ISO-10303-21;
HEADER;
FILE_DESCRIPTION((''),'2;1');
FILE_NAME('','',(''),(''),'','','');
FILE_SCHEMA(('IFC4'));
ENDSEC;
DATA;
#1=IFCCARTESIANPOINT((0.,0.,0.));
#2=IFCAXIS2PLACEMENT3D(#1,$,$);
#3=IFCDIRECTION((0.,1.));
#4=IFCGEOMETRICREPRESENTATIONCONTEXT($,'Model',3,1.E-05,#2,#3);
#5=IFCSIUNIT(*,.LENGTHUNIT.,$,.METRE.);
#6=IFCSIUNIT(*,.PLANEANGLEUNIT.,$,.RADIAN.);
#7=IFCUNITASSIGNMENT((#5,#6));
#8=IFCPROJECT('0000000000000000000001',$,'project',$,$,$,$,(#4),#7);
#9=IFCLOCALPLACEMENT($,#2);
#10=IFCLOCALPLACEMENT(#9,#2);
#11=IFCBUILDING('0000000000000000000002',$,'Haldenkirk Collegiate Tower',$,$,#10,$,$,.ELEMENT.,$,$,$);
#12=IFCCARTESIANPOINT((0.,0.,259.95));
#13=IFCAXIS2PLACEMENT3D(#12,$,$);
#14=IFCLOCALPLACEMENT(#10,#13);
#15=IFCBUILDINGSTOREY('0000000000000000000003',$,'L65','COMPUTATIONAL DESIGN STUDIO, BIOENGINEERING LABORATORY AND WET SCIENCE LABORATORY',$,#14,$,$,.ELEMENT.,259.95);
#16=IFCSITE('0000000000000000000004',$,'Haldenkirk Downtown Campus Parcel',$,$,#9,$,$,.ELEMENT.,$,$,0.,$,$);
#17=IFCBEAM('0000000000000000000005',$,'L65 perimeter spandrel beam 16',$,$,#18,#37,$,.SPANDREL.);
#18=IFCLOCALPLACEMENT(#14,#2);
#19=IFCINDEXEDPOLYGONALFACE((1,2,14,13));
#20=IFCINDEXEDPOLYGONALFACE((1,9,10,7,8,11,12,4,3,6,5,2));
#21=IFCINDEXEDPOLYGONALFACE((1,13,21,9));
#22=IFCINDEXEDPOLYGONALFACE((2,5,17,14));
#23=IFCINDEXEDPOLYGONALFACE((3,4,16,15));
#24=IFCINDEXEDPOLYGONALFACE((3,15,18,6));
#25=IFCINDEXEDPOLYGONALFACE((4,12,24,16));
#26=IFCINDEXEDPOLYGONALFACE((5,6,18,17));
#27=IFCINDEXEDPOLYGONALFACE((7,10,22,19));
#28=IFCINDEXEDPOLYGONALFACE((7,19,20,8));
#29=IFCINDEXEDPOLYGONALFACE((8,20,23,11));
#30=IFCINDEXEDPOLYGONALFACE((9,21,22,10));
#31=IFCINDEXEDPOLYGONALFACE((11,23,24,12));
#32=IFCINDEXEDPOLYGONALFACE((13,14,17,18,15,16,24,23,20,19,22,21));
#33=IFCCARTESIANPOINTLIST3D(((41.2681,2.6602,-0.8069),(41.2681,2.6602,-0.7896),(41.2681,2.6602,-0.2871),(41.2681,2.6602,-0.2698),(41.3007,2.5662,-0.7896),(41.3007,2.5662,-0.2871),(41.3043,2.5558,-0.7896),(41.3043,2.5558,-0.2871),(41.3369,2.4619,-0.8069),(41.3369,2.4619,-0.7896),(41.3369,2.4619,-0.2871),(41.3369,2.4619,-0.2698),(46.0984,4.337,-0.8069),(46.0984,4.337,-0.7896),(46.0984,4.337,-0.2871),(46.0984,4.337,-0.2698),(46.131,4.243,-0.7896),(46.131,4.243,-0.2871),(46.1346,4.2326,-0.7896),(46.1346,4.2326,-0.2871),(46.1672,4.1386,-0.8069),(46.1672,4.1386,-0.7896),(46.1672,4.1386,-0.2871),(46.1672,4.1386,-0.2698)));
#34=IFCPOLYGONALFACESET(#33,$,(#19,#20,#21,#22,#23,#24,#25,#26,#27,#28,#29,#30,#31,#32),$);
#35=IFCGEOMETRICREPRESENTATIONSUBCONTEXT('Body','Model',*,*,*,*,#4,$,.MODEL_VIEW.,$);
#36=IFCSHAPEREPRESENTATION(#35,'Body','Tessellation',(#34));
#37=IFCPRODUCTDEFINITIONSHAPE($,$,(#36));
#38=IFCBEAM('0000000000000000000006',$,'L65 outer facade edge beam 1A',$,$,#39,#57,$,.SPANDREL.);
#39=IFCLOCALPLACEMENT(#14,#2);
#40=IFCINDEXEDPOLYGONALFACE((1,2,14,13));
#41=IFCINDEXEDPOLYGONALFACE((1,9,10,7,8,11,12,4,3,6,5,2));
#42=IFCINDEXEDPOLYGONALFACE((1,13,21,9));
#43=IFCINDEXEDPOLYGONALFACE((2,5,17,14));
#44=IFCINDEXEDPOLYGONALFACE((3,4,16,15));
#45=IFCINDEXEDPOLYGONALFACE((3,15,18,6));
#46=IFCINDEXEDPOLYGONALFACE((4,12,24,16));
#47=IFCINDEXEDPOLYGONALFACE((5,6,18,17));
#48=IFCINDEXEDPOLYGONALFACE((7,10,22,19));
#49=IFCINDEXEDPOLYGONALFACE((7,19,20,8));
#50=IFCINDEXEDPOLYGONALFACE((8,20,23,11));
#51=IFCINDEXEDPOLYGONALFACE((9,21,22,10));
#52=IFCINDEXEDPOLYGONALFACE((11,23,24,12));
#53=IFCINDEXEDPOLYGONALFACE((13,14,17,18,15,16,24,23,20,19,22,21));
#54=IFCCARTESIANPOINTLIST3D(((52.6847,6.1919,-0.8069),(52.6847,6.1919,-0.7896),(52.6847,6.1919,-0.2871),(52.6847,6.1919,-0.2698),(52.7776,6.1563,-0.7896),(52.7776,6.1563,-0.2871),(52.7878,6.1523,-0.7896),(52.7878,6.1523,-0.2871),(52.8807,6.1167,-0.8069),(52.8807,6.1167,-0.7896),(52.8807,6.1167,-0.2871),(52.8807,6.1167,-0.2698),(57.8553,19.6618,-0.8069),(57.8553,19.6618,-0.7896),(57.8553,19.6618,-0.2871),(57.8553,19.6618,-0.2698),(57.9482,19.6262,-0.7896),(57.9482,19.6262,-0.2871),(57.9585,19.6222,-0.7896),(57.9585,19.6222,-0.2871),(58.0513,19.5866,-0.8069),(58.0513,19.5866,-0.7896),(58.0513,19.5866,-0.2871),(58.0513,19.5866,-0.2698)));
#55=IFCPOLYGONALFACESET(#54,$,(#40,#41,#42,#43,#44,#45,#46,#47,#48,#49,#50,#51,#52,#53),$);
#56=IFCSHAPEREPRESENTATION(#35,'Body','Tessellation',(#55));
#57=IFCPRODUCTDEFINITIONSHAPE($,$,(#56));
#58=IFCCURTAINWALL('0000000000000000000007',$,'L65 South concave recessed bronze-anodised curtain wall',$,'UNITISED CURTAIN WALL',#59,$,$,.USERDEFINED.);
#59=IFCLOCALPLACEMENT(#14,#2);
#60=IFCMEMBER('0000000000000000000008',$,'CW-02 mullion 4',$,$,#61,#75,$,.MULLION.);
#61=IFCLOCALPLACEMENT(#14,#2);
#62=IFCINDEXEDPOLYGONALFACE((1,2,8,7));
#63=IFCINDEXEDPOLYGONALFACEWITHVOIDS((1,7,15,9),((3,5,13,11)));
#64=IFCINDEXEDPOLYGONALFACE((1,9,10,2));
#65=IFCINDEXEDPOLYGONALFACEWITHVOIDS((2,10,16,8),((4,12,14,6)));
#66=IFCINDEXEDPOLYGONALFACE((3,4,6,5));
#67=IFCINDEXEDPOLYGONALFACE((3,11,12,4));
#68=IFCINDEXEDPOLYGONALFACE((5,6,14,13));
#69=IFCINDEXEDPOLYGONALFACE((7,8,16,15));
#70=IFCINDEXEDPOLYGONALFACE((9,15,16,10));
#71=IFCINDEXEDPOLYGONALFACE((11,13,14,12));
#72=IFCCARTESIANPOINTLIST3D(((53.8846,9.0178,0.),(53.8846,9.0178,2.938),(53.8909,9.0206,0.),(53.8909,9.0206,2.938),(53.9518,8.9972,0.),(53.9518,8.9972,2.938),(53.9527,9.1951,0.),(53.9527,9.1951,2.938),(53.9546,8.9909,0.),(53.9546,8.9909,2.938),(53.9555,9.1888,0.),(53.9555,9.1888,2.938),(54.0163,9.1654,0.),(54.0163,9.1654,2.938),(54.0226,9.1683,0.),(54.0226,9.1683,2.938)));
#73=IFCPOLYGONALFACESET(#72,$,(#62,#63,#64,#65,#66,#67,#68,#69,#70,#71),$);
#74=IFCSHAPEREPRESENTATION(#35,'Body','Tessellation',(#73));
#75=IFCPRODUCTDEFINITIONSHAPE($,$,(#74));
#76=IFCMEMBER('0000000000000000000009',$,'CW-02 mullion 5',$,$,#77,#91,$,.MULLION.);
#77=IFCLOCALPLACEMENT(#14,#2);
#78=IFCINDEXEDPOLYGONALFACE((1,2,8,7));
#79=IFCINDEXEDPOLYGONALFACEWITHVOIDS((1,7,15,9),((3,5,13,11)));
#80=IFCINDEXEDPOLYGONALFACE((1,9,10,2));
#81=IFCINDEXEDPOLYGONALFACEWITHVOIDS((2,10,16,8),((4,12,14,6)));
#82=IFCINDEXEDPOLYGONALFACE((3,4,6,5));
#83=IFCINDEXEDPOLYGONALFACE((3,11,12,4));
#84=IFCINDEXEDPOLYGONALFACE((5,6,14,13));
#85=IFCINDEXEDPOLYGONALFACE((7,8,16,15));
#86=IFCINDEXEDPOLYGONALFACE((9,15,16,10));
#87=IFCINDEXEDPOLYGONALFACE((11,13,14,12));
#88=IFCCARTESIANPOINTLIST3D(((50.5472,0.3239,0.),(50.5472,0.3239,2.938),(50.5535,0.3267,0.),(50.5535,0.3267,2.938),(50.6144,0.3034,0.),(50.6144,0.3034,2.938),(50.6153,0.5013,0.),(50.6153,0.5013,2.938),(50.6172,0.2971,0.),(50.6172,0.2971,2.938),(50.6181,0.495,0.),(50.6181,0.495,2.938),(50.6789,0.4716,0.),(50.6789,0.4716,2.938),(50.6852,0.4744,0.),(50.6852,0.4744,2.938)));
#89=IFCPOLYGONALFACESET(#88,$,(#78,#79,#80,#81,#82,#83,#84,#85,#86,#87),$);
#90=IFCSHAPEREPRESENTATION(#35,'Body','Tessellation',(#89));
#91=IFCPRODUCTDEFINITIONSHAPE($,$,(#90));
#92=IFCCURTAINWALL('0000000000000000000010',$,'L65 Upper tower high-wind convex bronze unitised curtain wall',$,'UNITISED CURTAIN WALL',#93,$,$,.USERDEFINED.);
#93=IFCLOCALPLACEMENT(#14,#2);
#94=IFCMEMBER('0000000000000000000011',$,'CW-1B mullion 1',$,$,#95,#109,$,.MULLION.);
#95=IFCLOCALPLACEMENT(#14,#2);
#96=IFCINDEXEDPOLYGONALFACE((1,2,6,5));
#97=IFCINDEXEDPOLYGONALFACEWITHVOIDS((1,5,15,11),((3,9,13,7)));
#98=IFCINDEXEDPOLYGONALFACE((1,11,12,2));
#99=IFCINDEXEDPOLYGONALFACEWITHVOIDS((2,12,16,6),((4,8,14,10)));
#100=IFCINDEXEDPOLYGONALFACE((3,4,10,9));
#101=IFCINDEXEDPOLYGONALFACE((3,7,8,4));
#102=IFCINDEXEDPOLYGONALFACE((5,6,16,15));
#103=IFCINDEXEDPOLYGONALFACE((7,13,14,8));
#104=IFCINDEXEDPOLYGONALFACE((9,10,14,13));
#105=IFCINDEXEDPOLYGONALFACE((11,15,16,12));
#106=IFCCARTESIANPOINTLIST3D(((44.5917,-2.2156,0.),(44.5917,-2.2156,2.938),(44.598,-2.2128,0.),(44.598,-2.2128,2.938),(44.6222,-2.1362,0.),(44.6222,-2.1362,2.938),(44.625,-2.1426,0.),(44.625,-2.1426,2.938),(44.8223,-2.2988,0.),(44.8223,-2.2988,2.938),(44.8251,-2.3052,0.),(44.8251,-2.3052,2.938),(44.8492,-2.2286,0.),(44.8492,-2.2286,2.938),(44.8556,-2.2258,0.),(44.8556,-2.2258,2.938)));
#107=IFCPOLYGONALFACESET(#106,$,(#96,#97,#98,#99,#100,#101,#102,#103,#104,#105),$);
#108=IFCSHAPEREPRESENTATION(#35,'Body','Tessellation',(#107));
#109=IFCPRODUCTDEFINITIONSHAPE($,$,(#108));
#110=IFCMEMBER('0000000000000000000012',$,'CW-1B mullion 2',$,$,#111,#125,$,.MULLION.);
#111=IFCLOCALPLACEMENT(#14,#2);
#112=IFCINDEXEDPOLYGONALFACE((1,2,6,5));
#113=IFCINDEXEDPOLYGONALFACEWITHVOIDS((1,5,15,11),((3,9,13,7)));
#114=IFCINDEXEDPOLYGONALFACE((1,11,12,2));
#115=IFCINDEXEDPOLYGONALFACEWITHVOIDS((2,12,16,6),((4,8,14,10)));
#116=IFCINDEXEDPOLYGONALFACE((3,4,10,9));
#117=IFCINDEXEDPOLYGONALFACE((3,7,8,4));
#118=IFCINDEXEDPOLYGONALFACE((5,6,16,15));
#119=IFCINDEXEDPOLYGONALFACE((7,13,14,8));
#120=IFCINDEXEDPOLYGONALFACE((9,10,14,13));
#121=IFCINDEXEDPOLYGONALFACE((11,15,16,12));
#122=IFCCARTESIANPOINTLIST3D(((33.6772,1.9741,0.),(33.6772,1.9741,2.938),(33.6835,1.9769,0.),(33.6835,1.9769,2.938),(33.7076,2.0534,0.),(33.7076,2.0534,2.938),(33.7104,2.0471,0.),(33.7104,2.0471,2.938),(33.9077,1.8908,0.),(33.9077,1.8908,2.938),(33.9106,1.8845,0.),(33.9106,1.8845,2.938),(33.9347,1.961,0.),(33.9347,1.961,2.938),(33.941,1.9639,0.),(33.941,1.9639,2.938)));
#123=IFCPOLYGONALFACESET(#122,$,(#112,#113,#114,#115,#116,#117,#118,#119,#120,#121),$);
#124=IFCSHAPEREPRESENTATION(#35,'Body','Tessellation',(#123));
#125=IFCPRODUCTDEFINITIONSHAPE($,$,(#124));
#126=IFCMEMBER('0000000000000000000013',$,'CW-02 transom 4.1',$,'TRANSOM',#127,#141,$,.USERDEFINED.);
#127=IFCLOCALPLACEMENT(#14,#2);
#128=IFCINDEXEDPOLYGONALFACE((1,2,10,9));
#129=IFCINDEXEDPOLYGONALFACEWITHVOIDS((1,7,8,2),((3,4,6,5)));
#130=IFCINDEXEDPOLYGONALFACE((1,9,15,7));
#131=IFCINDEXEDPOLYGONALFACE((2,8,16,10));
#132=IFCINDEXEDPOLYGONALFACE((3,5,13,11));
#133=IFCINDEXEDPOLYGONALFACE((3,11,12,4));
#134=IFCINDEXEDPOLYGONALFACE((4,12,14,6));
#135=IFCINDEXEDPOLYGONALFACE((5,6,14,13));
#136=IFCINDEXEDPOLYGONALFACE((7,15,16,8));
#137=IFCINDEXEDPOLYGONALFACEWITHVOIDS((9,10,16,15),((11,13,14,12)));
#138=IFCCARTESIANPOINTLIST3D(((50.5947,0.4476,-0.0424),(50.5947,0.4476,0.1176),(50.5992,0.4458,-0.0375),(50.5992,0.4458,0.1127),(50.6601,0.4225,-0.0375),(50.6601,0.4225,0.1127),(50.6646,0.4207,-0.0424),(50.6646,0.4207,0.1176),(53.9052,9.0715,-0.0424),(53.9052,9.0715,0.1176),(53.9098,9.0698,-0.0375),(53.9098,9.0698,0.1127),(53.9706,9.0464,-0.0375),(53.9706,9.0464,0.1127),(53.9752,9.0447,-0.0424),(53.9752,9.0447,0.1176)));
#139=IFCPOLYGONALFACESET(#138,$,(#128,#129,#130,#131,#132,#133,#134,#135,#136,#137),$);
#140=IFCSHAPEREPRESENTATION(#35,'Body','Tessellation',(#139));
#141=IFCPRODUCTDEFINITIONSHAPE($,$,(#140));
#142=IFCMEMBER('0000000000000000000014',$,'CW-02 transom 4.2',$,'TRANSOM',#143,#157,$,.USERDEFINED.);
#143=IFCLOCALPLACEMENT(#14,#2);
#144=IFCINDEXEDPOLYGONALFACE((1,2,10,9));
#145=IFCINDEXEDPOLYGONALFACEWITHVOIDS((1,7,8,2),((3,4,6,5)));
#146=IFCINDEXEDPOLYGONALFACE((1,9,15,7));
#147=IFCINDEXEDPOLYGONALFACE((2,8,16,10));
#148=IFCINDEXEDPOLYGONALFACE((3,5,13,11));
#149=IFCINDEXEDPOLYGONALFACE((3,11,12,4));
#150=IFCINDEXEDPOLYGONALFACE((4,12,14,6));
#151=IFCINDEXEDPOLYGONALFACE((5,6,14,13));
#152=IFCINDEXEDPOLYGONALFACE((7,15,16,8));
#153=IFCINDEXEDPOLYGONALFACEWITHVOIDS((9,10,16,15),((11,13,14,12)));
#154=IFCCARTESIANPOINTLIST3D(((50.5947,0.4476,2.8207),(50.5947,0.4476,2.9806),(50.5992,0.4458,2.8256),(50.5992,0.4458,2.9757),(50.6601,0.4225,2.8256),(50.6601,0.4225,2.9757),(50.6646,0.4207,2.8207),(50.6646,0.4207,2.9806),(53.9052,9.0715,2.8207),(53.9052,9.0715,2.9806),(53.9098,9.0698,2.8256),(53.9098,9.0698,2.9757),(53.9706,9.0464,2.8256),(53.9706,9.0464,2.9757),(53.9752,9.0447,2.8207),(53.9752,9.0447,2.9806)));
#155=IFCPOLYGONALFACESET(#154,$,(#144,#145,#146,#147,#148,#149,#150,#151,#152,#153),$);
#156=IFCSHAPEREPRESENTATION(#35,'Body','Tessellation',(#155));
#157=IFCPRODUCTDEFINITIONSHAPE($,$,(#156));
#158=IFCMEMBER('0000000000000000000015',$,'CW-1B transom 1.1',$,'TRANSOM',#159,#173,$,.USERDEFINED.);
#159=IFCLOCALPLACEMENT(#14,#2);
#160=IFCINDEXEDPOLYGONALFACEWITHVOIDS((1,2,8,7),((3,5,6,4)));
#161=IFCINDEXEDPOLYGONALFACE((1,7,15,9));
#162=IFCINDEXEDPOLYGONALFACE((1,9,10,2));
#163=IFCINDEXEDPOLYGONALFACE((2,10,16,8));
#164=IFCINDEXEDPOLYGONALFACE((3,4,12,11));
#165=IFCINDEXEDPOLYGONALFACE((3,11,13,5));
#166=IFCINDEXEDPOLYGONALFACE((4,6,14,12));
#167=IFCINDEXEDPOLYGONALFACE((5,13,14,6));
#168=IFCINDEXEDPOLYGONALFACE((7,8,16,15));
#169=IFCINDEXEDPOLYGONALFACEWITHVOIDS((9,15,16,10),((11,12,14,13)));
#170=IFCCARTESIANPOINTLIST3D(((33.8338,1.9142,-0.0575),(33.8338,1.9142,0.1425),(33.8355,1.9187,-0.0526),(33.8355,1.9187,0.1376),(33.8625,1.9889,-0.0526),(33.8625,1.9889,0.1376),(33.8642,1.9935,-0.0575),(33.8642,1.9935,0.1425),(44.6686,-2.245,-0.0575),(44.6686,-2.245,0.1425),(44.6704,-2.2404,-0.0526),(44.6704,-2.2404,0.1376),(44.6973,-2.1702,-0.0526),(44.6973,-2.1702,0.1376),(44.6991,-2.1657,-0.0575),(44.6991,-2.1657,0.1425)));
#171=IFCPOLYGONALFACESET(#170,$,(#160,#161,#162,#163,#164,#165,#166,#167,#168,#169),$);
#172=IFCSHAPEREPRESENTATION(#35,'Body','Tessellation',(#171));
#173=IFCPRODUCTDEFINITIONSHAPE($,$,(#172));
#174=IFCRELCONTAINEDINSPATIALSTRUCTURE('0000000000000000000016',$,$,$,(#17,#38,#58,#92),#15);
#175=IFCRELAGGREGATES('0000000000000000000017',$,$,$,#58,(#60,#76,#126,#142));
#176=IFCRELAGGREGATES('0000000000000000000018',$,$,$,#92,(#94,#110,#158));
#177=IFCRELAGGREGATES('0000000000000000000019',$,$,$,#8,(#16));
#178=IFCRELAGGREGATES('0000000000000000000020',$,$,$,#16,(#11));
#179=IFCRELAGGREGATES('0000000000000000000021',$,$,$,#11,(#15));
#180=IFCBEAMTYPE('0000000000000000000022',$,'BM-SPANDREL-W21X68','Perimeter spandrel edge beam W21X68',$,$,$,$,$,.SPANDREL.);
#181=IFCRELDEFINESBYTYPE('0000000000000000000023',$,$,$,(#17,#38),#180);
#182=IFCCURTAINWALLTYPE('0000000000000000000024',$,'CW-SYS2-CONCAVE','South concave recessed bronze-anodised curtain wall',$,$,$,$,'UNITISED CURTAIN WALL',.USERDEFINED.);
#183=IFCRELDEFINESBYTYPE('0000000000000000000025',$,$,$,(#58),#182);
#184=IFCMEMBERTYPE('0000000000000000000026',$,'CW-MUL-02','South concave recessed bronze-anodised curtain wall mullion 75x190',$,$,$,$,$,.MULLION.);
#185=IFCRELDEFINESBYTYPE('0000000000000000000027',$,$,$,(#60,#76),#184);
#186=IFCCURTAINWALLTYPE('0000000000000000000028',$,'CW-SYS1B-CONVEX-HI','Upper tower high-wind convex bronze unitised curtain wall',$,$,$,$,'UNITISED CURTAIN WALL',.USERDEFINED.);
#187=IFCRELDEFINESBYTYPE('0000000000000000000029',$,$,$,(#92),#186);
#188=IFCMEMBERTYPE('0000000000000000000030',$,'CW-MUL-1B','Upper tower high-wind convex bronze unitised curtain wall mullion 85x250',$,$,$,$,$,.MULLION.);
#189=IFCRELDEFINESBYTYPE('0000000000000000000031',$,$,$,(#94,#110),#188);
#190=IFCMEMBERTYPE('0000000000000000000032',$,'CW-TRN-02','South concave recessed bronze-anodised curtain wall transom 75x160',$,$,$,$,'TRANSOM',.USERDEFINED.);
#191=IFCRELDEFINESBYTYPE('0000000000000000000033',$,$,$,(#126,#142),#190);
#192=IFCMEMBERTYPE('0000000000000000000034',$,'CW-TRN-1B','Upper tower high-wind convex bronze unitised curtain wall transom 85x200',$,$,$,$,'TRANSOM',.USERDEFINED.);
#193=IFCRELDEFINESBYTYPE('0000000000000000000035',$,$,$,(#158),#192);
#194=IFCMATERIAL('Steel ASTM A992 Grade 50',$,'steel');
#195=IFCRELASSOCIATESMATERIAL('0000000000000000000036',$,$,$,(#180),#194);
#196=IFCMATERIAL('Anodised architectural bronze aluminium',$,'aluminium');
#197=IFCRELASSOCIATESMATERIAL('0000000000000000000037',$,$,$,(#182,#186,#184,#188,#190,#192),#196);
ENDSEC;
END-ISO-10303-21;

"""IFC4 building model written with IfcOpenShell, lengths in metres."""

from ifc_helpers import new_model, si_unit, direction, frame, origin, origin_2d, place, context, subcontext, project, spatial, hollow_rectangle, i_section, extrude, material, material_profile, profile_set, type_object, element, aggregate, save


model = new_model("IFC4")

# Units and contexts
model_context = context("Model", 3, precision=1e-05, world=origin(), true_north=direction((0.0, 1.0)))
body_context = subcontext(model_context, "Body", "Model", "MODEL_VIEW")
ifc_project = project(units=[si_unit("LENGTHUNIT", "METRE"), si_unit("PLANEANGLEUNIT", "RADIAN")], contexts=[model_context])

# Site, building, storey
site_placement = place(None, origin())
site = spatial("IfcSite", under=ifc_project, at=site_placement, Name="Haldenkirk Downtown Campus Parcel", CompositionType="ELEMENT", RefElevation=0.0)
building_placement = place(site_placement, origin())
building = spatial("IfcBuilding", under=site, at=building_placement, Name="Haldenkirk Collegiate Tower", CompositionType="ELEMENT")
storey_placement = place(building_placement, frame((0.0, 0.0, 259.95)))
storey = spatial("IfcBuildingStorey", under=building, at=storey_placement, Name="L65", Description="COMPUTATIONAL DESIGN STUDIO, BIOENGINEERING LABORATORY AND WET SCIENCE LABORATORY", CompositionType="ELEMENT", Elevation=259.95)

# Beams
ifc_material_1 = material(Name="Steel ASTM A992 Grade 50", Category="steel")
ifc_material_profile_1 = material_profile(ifc_material_1, i_section(OverallWidth=0.21, OverallDepth=0.5371, WebThickness=0.011, FlangeThickness=0.0173, at=origin_2d()), Name="W21X68")
ifc_profile_set_1 = profile_set([ifc_material_profile_1], Name="Steel ASTM A992 Grade 50")
beam_type_1 = type_object("IfcBeamType", Name="BM-SPANDREL-W21X68", Description="Perimeter spandrel edge beam W21X68", PredefinedType="SPANDREL", material=ifc_profile_set_1)
beam_1_placement = place(storey_placement, frame((41.3025, 2.561, -0.5383), z_axis=(0.9447, 0.327935, 0.0), x_axis=(-0.327935, 0.9447, 0.0)))
element("IfcBeam", 1, at=beam_1_placement, inside=storey, type_object=beam_type_1, Name="L65 perimeter spandrel beam 16", PredefinedType="SPANDREL", context=body_context, shape_type="SweptSolid", body=[
    extrude(i_section(OverallWidth=0.21, OverallDepth=0.5371, WebThickness=0.011, FlangeThickness=0.0173, at=origin_2d()), origin(), (0.0, 0.0, 1.0), 5.113),
])
beam_2_placement = place(storey_placement, frame((52.7827, 6.1543, -0.5383), z_axis=(0.358369, 0.93358, 0.0), x_axis=(-0.93358, 0.358369, 0.0)))
element("IfcBeam", 2, at=beam_2_placement, inside=storey, type_object=beam_type_1, Name="L65 outer facade edge beam 1A", PredefinedType="SPANDREL", context=body_context, shape_type="SweptSolid", body=[
    extrude(i_section(OverallWidth=0.21, OverallDepth=0.5371, WebThickness=0.011, FlangeThickness=0.0173, at=origin_2d()), origin(), (0.0, 0.0, 1.0), 14.4282),
])

# Curtain walls, members
ifc_material_2 = material(Name="Anodised architectural bronze aluminium", Category="aluminium")
curtain_wall_type_1 = type_object("IfcCurtainWallType", Name="CW-SYS2-CONCAVE", Description="South concave recessed bronze-anodised curtain wall", ElementType="UNITISED CURTAIN WALL", PredefinedType="USERDEFINED", material=ifc_material_2)
curtain_wall_1_placement = place(storey_placement, origin())
curtain_wall_1 = element("IfcCurtainWall", 3, at=curtain_wall_1_placement, inside=storey, type_object=curtain_wall_type_1, Name="L65 South concave recessed bronze-anodised curtain wall", ObjectType="UNITISED CURTAIN WALL", PredefinedType="USERDEFINED")
ifc_material_profile_2 = material_profile(ifc_material_2, hollow_rectangle(XDim=0.075, YDim=0.1899, WallThickness=0.0049, at=origin_2d()), Name="CW-MUL-02")
ifc_profile_set_2 = profile_set([ifc_material_profile_2], Name="Anodised architectural bronze aluminium")
member_type_1 = type_object("IfcMemberType", Name="CW-MUL-02", Description="South concave recessed bronze-anodised curtain wall mullion 75x190", PredefinedType="MULLION", material=ifc_profile_set_2)
member_1_placement = place(storey_placement, frame((53.9536, 9.093, 0.0), z_axis=(0.0, 0.0, 1.0), x_axis=(0.933579, -0.358371, 0.0)))
member_1 = element("IfcMember", 4, at=member_1_placement, type_object=member_type_1, Name="CW-02 mullion 4", PredefinedType="MULLION", context=body_context, shape_type="SweptSolid", body=[
    extrude(hollow_rectangle(XDim=0.075, YDim=0.1899, WallThickness=0.0049, at=origin_2d()), origin(), (0.0, 0.0, 1.0), 2.938),
])
member_2_placement = place(storey_placement, frame((50.6162, 0.3992, 0.0), z_axis=(0.0, 0.0, 1.0), x_axis=(0.933579, -0.358371, 0.0)))
member_2 = element("IfcMember", 5, at=member_2_placement, type_object=member_type_1, Name="CW-02 mullion 5", PredefinedType="MULLION", context=body_context, shape_type="SweptSolid", body=[
    extrude(hollow_rectangle(XDim=0.075, YDim=0.1899, WallThickness=0.0049, at=origin_2d()), origin(), (0.0, 0.0, 1.0), 2.938),
])
curtain_wall_type_2 = type_object("IfcCurtainWallType", Name="CW-SYS1B-CONVEX-HI", Description="Upper tower high-wind convex bronze unitised curtain wall", ElementType="UNITISED CURTAIN WALL", PredefinedType="USERDEFINED", material=ifc_material_2)
curtain_wall_2_placement = place(storey_placement, origin())
curtain_wall_2 = element("IfcCurtainWall", 6, at=curtain_wall_2_placement, inside=storey, type_object=curtain_wall_type_2, Name="L65 Upper tower high-wind convex bronze unitised curtain wall", ObjectType="UNITISED CURTAIN WALL", PredefinedType="USERDEFINED")
ifc_material_profile_3 = material_profile(ifc_material_2, hollow_rectangle(XDim=0.085, YDim=0.25, WallThickness=0.0049, at=origin_2d()), Name="CW-MUL-1B")
ifc_profile_set_3 = profile_set([ifc_material_profile_3], Name="Anodised architectural bronze aluminium")
member_type_2 = type_object("IfcMemberType", Name="CW-MUL-1B", Description="Upper tower high-wind convex bronze unitised curtain wall mullion 85x250", PredefinedType="MULLION", material=ifc_profile_set_3)
member_3_placement = place(storey_placement, frame((44.7236, -2.2207, 0.0), z_axis=(0.0, 0.0, 1.0), x_axis=(-0.358369, -0.93358, 0.0)))
member_3 = element("IfcMember", 7, at=member_3_placement, type_object=member_type_2, Name="CW-1B mullion 1", PredefinedType="MULLION", context=body_context, shape_type="SweptSolid", body=[
    extrude(hollow_rectangle(XDim=0.085, YDim=0.25, WallThickness=0.0049, at=origin_2d()), origin(), (0.0, 0.0, 1.0), 2.938),
])
member_4_placement = place(storey_placement, frame((33.8091, 1.969, 0.0), z_axis=(0.0, 0.0, 1.0), x_axis=(-0.358369, -0.93358, 0.0)))
member_4 = element("IfcMember", 8, at=member_4_placement, type_object=member_type_2, Name="CW-1B mullion 2", PredefinedType="MULLION", context=body_context, shape_type="SweptSolid", body=[
    extrude(hollow_rectangle(XDim=0.085, YDim=0.25, WallThickness=0.0049, at=origin_2d()), origin(), (0.0, 0.0, 1.0), 2.938),
])

# Members
ifc_material_profile_4 = material_profile(ifc_material_2, hollow_rectangle(XDim=0.075, YDim=0.1599, WallThickness=0.0049, at=origin_2d()), Name="CW-TRN-02")
ifc_profile_set_4 = profile_set([ifc_material_profile_4], Name="Anodised architectural bronze aluminium")
member_type_3 = type_object("IfcMemberType", Name="CW-TRN-02", Description="South concave recessed bronze-anodised curtain wall transom 75x160", ElementType="TRANSOM", PredefinedType="USERDEFINED", material=ifc_profile_set_4)
member_5_placement = place(storey_placement, frame((53.9402, 9.0581, 0.0376), z_axis=(-0.358377, -0.933577, 0.0), x_axis=(0.933577, -0.358377, 0.0)))
member_5 = element("IfcMember", 9, at=member_5_placement, type_object=member_type_3, Name="CW-02 transom 4.1", ObjectType="TRANSOM", PredefinedType="USERDEFINED", context=body_context, shape_type="SweptSolid", body=[
    extrude(hollow_rectangle(XDim=0.075, YDim=0.1599, WallThickness=0.0049, at=origin_2d()), origin(), (0.0, 0.0, 1.0), 9.2375),
])
member_6_placement = place(storey_placement, frame((53.9402, 9.0581, 2.9006), z_axis=(-0.358377, -0.933577, 0.0), x_axis=(0.933577, -0.358377, 0.0)))
member_6 = element("IfcMember", 10, at=member_6_placement, type_object=member_type_3, Name="CW-02 transom 4.2", ObjectType="TRANSOM", PredefinedType="USERDEFINED", context=body_context, shape_type="SweptSolid", body=[
    extrude(hollow_rectangle(XDim=0.075, YDim=0.1599, WallThickness=0.0049, at=origin_2d()), origin(), (0.0, 0.0, 1.0), 9.2375),
])
ifc_material_profile_5 = material_profile(ifc_material_2, hollow_rectangle(XDim=0.085, YDim=0.2, WallThickness=0.0049, at=origin_2d()), Name="CW-TRN-1B")
ifc_profile_set_5 = profile_set([ifc_material_profile_5], Name="Anodised architectural bronze aluminium")
member_type_4 = type_object("IfcMemberType", Name="CW-TRN-1B", Description="Upper tower high-wind convex bronze unitised curtain wall transom 85x200", ElementType="TRANSOM", PredefinedType="USERDEFINED", material=ifc_profile_set_5)
member_7_placement = place(storey_placement, frame((44.6838, -2.2053, 0.0425), z_axis=(-0.93358, 0.35837, 0.0), x_axis=(-0.35837, -0.93358, 0.0)))
member_7 = element("IfcMember", 11, at=member_7_placement, type_object=member_type_4, Name="CW-1B transom 1.1", ObjectType="TRANSOM", PredefinedType="USERDEFINED", context=body_context, shape_type="SweptSolid", body=[
    extrude(hollow_rectangle(XDim=0.085, YDim=0.2, WallThickness=0.0049, at=origin_2d()), origin(), (0.0, 0.0, 1.0), 11.6057),
])

aggregate(curtain_wall_1, [member_1, member_2, member_5, member_6])
aggregate(curtain_wall_2, [member_3, member_4, member_7])

save(model, "model.ifc")
